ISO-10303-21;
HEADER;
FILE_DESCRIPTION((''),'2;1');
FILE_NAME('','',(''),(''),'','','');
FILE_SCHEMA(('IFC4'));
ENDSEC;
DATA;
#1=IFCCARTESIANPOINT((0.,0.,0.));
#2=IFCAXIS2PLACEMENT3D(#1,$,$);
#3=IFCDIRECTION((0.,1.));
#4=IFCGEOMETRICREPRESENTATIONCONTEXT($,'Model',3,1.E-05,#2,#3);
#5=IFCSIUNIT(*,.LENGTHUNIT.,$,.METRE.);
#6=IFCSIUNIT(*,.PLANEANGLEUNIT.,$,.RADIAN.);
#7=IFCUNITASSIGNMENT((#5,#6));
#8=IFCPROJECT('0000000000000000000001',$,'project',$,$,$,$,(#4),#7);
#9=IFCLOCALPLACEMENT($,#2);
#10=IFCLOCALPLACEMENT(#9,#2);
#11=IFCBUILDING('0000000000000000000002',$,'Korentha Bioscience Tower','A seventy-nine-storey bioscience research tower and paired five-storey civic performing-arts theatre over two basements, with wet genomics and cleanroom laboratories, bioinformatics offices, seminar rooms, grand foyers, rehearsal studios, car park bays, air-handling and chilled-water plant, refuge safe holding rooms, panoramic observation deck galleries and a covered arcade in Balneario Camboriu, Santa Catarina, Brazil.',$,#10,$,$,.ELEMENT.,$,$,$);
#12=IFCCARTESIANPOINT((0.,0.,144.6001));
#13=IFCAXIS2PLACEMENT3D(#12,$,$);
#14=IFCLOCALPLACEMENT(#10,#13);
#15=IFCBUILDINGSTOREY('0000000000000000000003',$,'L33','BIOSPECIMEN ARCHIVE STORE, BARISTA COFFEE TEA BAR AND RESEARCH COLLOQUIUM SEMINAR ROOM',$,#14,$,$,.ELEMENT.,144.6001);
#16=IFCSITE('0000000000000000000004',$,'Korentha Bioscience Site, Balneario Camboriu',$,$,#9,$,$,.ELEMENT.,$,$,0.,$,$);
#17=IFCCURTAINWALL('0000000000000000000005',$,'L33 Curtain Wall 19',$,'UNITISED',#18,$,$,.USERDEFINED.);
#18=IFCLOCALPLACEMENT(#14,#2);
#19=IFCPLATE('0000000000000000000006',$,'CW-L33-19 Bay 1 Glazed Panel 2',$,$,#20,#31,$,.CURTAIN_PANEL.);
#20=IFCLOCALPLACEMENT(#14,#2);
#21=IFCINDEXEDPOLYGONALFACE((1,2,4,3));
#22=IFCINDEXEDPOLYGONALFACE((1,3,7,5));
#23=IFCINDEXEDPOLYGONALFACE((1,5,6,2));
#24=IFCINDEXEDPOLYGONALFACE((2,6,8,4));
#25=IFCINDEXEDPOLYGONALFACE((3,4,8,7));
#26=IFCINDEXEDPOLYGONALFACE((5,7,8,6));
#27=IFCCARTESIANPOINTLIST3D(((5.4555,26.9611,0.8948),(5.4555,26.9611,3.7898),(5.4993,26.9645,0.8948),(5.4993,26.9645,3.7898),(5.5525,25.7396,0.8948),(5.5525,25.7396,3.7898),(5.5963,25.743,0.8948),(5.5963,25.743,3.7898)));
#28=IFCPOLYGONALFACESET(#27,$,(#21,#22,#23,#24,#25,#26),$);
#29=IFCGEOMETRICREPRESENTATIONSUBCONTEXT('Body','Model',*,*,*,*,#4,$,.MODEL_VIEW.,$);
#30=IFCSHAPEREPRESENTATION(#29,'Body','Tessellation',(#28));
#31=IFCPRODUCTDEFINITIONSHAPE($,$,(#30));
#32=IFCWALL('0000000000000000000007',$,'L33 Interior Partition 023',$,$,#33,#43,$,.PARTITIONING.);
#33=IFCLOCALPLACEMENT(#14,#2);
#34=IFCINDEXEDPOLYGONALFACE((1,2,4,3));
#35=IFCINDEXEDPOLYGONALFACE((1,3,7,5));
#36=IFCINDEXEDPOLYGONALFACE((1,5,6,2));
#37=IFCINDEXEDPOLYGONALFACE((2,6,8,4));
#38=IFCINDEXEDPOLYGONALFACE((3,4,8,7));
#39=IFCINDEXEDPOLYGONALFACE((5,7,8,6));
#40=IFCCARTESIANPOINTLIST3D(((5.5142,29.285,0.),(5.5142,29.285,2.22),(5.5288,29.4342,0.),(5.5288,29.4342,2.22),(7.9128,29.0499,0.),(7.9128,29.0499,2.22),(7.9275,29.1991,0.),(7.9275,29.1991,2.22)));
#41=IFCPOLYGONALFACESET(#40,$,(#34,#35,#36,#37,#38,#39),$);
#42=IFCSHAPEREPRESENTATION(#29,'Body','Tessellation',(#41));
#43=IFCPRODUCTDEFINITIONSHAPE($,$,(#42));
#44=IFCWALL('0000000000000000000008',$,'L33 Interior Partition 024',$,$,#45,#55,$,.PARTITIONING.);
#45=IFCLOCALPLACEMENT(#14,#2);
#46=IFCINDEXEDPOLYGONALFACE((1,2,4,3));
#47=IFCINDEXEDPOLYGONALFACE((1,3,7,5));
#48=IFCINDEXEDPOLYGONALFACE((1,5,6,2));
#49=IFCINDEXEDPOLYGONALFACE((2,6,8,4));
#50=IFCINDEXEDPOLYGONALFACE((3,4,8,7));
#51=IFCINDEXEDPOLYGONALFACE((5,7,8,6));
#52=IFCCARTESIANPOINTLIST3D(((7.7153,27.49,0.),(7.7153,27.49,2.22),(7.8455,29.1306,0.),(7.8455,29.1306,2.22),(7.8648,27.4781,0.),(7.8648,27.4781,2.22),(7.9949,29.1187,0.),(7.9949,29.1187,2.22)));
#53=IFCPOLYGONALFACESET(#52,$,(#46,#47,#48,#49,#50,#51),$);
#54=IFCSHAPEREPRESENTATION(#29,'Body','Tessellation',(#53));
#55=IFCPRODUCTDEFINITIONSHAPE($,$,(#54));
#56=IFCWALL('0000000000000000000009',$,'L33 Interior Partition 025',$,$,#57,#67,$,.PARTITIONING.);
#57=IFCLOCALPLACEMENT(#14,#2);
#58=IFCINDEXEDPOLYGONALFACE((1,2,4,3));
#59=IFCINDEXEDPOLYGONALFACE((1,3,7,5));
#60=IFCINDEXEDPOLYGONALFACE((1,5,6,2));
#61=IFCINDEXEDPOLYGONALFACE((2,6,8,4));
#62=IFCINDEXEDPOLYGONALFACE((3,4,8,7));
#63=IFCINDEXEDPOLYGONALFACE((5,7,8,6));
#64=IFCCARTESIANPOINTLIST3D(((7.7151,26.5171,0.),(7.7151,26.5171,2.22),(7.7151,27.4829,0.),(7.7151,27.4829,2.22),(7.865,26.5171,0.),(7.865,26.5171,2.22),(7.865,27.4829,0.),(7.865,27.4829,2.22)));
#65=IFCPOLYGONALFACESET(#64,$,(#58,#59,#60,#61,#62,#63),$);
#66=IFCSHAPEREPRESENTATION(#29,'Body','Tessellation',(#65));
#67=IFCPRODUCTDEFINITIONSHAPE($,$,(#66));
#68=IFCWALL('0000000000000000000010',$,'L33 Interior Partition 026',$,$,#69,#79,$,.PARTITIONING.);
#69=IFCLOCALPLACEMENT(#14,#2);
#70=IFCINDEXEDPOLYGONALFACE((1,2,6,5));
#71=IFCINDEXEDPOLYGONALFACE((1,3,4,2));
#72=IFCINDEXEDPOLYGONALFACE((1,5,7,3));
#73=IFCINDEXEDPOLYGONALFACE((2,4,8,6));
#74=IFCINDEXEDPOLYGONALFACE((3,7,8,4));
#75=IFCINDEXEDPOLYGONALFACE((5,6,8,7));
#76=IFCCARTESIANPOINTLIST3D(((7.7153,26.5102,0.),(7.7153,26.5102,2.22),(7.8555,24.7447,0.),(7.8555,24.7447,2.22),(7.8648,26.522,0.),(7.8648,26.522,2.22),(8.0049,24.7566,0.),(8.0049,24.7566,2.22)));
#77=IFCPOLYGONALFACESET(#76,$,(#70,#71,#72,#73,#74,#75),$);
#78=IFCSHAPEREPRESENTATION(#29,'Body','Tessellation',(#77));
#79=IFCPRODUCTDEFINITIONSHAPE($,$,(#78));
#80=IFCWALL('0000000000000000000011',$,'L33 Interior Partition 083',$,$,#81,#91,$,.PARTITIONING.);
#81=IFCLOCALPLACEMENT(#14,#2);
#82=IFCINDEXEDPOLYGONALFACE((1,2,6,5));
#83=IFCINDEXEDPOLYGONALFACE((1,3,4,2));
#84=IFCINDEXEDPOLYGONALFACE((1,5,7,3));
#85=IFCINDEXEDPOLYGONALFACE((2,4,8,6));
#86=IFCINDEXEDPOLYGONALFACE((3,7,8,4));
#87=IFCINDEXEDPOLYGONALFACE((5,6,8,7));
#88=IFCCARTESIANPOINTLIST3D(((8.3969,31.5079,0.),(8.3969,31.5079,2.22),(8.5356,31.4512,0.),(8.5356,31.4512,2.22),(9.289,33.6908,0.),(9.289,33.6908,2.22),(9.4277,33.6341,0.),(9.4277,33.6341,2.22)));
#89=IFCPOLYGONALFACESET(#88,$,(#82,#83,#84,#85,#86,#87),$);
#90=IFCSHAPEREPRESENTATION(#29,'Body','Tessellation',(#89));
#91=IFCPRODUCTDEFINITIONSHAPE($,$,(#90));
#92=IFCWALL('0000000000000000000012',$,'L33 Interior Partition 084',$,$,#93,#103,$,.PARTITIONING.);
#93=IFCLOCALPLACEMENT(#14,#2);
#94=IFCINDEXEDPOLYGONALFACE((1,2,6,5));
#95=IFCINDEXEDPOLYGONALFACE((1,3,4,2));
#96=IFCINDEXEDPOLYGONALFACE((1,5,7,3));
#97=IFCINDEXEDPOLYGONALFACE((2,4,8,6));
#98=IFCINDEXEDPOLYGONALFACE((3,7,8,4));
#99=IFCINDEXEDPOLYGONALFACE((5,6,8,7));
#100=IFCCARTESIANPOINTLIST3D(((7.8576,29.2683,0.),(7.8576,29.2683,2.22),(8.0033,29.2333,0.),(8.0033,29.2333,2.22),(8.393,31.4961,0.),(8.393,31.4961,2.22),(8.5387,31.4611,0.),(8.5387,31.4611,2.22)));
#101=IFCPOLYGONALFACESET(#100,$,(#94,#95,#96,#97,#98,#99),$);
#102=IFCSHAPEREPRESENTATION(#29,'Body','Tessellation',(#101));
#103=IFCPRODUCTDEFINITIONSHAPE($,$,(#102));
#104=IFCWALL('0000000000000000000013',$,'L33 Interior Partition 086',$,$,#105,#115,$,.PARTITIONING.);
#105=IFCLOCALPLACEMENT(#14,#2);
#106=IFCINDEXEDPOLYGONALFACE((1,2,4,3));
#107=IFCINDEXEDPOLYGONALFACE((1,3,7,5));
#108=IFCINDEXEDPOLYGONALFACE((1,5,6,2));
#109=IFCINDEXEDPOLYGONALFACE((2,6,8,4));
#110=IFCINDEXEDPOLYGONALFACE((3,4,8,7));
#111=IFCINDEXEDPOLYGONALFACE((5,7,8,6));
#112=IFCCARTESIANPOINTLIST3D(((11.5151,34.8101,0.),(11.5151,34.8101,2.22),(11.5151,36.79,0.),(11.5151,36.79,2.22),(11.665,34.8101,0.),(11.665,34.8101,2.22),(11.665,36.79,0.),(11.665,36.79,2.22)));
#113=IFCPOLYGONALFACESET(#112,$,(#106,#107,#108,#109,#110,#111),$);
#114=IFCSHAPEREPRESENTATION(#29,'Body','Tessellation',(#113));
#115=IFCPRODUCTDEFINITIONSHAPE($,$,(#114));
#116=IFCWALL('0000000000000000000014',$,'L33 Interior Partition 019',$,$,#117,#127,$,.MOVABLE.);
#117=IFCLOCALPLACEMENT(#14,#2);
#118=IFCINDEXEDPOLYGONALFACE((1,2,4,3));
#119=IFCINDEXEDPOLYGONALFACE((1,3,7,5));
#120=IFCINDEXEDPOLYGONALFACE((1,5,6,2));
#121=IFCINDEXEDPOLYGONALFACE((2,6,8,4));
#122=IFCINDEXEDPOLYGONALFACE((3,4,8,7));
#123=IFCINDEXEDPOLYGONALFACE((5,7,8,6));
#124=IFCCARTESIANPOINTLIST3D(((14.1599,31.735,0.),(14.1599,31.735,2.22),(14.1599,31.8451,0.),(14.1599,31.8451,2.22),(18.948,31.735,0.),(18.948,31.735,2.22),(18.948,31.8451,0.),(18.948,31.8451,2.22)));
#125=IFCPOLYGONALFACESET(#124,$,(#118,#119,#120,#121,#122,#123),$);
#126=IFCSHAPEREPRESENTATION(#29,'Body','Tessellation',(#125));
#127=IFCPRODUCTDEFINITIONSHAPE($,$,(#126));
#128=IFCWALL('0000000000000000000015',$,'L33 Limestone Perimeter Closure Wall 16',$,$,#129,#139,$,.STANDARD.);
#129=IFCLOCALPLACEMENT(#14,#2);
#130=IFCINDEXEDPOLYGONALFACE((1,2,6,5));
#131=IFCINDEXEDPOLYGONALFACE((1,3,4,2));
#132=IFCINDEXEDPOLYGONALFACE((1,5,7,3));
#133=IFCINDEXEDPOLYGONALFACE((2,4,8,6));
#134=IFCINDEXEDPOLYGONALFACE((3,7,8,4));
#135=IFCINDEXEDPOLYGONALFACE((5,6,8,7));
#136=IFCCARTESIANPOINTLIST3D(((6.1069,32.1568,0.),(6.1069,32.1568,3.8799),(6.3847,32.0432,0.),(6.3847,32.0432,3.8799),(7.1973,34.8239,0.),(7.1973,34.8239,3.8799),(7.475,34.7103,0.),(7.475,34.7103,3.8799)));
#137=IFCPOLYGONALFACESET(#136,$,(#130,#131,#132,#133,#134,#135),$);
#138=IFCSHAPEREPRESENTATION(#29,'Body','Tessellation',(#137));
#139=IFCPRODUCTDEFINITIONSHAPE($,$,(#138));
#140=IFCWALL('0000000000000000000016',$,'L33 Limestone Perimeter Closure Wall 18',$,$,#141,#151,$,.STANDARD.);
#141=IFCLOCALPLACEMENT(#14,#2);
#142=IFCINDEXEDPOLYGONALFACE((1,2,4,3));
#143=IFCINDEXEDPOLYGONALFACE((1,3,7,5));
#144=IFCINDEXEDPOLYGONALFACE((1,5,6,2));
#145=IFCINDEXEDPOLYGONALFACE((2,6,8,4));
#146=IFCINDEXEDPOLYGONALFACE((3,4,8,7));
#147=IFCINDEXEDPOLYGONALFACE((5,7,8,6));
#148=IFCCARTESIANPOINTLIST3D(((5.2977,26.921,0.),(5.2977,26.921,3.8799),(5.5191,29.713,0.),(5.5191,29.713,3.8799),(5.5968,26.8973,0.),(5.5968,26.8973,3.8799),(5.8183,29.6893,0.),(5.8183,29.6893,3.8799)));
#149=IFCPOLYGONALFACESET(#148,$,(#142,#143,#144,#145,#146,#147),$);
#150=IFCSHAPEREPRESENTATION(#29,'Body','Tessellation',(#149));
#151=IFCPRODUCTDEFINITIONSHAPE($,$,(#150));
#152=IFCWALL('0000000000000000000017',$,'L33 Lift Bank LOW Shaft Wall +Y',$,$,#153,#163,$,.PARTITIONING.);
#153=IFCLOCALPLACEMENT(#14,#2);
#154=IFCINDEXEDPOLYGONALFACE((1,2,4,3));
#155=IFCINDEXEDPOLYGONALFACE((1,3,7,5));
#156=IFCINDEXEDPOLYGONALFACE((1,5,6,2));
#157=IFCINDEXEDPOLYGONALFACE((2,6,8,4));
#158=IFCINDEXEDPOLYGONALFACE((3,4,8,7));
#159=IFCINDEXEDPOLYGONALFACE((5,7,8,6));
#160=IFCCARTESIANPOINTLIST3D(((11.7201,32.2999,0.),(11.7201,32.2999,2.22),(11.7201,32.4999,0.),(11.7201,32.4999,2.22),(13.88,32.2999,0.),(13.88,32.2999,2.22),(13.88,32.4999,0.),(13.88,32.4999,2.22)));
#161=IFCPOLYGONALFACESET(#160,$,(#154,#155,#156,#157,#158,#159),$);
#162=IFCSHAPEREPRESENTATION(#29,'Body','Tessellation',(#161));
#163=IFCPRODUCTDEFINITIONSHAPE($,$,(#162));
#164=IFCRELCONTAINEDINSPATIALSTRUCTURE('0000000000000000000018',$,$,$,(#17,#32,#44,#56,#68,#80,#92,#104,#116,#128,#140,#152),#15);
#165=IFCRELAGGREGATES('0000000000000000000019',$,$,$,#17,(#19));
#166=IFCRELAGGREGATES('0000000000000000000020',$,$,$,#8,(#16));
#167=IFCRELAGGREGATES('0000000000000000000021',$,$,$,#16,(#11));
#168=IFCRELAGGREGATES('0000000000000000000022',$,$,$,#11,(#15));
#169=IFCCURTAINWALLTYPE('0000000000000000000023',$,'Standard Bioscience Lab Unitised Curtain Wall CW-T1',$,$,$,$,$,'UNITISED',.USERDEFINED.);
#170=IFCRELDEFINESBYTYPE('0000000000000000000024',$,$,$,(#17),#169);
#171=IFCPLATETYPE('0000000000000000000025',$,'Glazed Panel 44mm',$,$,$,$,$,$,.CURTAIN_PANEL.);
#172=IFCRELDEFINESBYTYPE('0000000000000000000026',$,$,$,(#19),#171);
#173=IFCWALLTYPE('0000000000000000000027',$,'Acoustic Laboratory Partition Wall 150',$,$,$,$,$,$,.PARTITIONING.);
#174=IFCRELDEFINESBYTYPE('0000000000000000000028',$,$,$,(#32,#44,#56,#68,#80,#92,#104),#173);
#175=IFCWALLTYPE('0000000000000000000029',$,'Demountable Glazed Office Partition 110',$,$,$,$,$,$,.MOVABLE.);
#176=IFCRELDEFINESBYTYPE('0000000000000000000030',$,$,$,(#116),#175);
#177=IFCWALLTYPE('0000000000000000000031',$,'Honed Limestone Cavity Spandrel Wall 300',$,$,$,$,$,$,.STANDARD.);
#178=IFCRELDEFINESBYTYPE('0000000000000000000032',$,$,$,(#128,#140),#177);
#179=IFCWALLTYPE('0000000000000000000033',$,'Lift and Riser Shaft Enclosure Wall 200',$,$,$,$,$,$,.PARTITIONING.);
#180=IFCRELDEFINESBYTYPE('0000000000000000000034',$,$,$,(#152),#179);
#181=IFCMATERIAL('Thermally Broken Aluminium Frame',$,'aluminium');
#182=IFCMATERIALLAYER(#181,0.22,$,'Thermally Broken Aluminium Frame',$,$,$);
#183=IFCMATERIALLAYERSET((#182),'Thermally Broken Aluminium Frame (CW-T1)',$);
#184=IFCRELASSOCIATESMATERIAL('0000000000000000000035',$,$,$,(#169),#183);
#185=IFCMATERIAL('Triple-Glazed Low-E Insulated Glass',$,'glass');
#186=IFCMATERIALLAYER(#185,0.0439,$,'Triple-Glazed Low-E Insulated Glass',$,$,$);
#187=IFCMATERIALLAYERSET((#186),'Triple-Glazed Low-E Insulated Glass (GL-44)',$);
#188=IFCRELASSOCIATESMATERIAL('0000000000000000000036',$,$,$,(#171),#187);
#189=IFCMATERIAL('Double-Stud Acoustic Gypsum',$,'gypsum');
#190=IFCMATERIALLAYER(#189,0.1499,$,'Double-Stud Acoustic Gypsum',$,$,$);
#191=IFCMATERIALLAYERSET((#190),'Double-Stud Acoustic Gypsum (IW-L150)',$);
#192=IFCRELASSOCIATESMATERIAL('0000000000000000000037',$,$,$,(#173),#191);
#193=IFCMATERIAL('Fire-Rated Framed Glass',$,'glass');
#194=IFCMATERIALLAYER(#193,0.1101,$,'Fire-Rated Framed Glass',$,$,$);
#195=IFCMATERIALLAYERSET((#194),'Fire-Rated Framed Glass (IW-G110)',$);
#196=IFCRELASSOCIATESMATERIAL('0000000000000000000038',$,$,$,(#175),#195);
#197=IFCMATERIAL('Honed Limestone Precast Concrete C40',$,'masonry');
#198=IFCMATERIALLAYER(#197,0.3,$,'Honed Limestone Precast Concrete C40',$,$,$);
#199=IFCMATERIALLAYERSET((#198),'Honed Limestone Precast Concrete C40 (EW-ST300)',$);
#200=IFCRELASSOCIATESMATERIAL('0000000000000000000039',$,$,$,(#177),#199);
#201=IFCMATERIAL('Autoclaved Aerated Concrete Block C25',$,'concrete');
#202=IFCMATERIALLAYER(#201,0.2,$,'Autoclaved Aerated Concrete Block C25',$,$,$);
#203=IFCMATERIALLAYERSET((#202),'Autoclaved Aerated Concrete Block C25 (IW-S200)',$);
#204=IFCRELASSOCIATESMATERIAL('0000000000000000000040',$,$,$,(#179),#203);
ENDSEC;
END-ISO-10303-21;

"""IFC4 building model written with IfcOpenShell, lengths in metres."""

from ifc_helpers import new_model, si_unit, direction, frame, frame_2d, origin, origin_2d, place, context, subcontext, project, spatial, rectangle, extrude, material, layer, layer_set, type_object, element, aggregate, save


model = new_model("IFC4")

# Units and contexts
model_context = context("Model", 3, precision=1e-05, world=origin(), true_north=direction((0.0, 1.0)))
body_context = subcontext(model_context, "Body", "Model", "MODEL_VIEW")
ifc_project = project(units=[si_unit("LENGTHUNIT", "METRE"), si_unit("PLANEANGLEUNIT", "RADIAN")], contexts=[model_context])

# Site, building, storey
site_placement = place(None, origin())
site = spatial("IfcSite", under=ifc_project, at=site_placement, Name="Korentha Bioscience Site, Balneario Camboriu", CompositionType="ELEMENT", RefElevation=0.0)
building_placement = place(site_placement, origin())
building = spatial("IfcBuilding", under=site, at=building_placement, Name="Korentha Bioscience Tower", Description="A seventy-nine-storey bioscience research tower and paired five-storey civic performing-arts theatre over two basements, with wet genomics and cleanroom laboratories, bioinformatics offices, seminar rooms, grand foyers, rehearsal studios, car park bays, air-handling and chilled-water plant, refuge safe holding rooms, panoramic observation deck galleries and a covered arcade in Balneario Camboriu, Santa Catarina, Brazil.", CompositionType="ELEMENT")
storey_placement = place(building_placement, frame((0.0, 0.0, 144.6001)))
storey = spatial("IfcBuildingStorey", under=building, at=storey_placement, Name="L33", Description="BIOSPECIMEN ARCHIVE STORE, BARISTA COFFEE TEA BAR AND RESEARCH COLLOQUIUM SEMINAR ROOM", CompositionType="ELEMENT", Elevation=144.6001)

# Curtain wall, plate
ifc_material_1 = material(Name="Thermally Broken Aluminium Frame", Category="aluminium")
ifc_layer_1 = layer(ifc_material_1, 0.22, Name="Thermally Broken Aluminium Frame")
ifc_layer_set_1 = layer_set([ifc_layer_1], Name="Thermally Broken Aluminium Frame (CW-T1)")
curtain_wall_type = type_object("IfcCurtainWallType", Name="Standard Bioscience Lab Unitised Curtain Wall CW-T1", ElementType="UNITISED", PredefinedType="USERDEFINED", material=ifc_layer_set_1)
curtain_wall_placement = place(storey_placement, origin())
curtain_wall = element("IfcCurtainWall", 1, at=curtain_wall_placement, inside=storey, type_object=curtain_wall_type, Name="L33 Curtain Wall 19", ObjectType="UNITISED", PredefinedType="USERDEFINED")
ifc_material_2 = material(Name="Triple-Glazed Low-E Insulated Glass", Category="glass")
ifc_layer_2 = layer(ifc_material_2, 0.0439, Name="Triple-Glazed Low-E Insulated Glass")
ifc_layer_set_2 = layer_set([ifc_layer_2], Name="Triple-Glazed Low-E Insulated Glass (GL-44)")
plate_type = type_object("IfcPlateType", Name="Glazed Panel 44mm", PredefinedType="CURTAIN_PANEL", material=ifc_layer_set_2)
plate_1_placement = place(storey_placement, frame((5.5259, 26.3521, 0.8948), z_axis=(0.0, 0.0, 1.0), x_axis=(0.07913, -0.996864, 0.0)))
plate_1 = element("IfcPlate", 2, at=plate_1_placement, type_object=plate_type, Name="CW-L33-19 Bay 1 Glazed Panel 2", PredefinedType="CURTAIN_PANEL", context=body_context, shape_type="SweptSolid", body=[
    extrude(rectangle(XDim=1.2253, YDim=0.0439, at=origin_2d()), origin(), (0.0, 0.0, 1.0), 2.895),
])
aggregate(curtain_wall, [plate_1])

# Walls
ifc_material_3 = material(Name="Double-Stud Acoustic Gypsum", Category="gypsum")
ifc_layer_3 = layer(ifc_material_3, 0.1499, Name="Double-Stud Acoustic Gypsum")
ifc_layer_set_3 = layer_set([ifc_layer_3], Name="Double-Stud Acoustic Gypsum (IW-L150)")
wall_type_1 = type_object("IfcWallType", Name="Acoustic Laboratory Partition Wall 150", PredefinedType="PARTITIONING", material=ifc_layer_set_3)
wall_1_placement = place(storey_placement, frame((5.5215, 29.3596, 0.0), z_axis=(0.0, 0.0, 1.0), x_axis=(0.995231, -0.097548, 0.0)))
element("IfcWall", 3, at=wall_1_placement, inside=storey, type_object=wall_type_1, Name="L33 Interior Partition 023", PredefinedType="PARTITIONING", context=body_context, shape_type="SweptSolid", body=[
    extrude(rectangle(XDim=2.4102, YDim=0.1499, at=frame_2d((1.2051, 0.0))), origin(), (0.0, 0.0, 1.0), 2.22),
])
wall_2_placement = place(storey_placement, frame((7.9202, 29.1245, 0.0), z_axis=(0.0, 0.0, 1.0), x_axis=(-0.079067, -0.996869, 0.0)))
element("IfcWall", 4, at=wall_2_placement, inside=storey, type_object=wall_type_1, Name="L33 Interior Partition 024", PredefinedType="PARTITIONING", context=body_context, shape_type="SweptSolid", body=[
    extrude(rectangle(XDim=1.6458, YDim=0.1499, at=frame_2d((0.8228, 0.0))), origin(), (0.0, 0.0, 1.0), 2.22),
])
wall_3_placement = place(storey_placement, frame((7.79, 27.4829, 0.0), z_axis=(0.0, 0.0, 1.0), x_axis=(0.0, -1.0, 0.0)))
element("IfcWall", 5, at=wall_3_placement, inside=storey, type_object=wall_type_1, Name="L33 Interior Partition 025", PredefinedType="PARTITIONING", context=body_context, shape_type="SweptSolid", body=[
    extrude(rectangle(XDim=0.9658, YDim=0.1499, at=frame_2d((0.4829, 0.0))), origin(), (0.0, 0.0, 1.0), 2.22),
])
wall_4_placement = place(storey_placement, frame((7.79, 26.5161, 0.0), z_axis=(0.0, 0.0, 1.0), x_axis=(0.079132, -0.996864, 0.0)))
element("IfcWall", 6, at=wall_4_placement, inside=storey, type_object=wall_type_1, Name="L33 Interior Partition 026", PredefinedType="PARTITIONING", context=body_context, shape_type="SweptSolid", body=[
    extrude(rectangle(XDim=1.771, YDim=0.1499, at=frame_2d((0.8855, 0.0))), origin(), (0.0, 0.0, 1.0), 2.22),
])
wall_5_placement = place(storey_placement, frame((9.3584, 33.6626, 0.0), z_axis=(0.0, 0.0, 1.0), x_axis=(-0.378306, -0.92568, 0.0)))
element("IfcWall", 7, at=wall_5_placement, inside=storey, type_object=wall_type_1, Name="L33 Interior Partition 083", PredefinedType="PARTITIONING", context=body_context, shape_type="SweptSolid", body=[
    extrude(rectangle(XDim=2.3582, YDim=0.1499, at=frame_2d((1.1792, 0.0))), origin(), (0.0, 0.0, 1.0), 2.22),
])
wall_6_placement = place(storey_placement, frame((8.4658, 31.4785, 0.0), z_axis=(0.0, 0.0, 1.0), x_axis=(-0.233675, -0.972315, 0.0)))
element("IfcWall", 8, at=wall_6_placement, inside=storey, type_object=wall_type_1, Name="L33 Interior Partition 084", PredefinedType="PARTITIONING", context=body_context, shape_type="SweptSolid", body=[
    extrude(rectangle(XDim=2.2913, YDim=0.1499, at=frame_2d((1.1455, 0.0))), origin(), (0.0, 0.0, 1.0), 2.22),
])
wall_7_placement = place(storey_placement, frame((11.5901, 34.8101, 0.0), z_axis=(0.0, 0.0, 1.0), x_axis=(0.0, 1.0, 0.0)))
element("IfcWall", 9, at=wall_7_placement, inside=storey, type_object=wall_type_1, Name="L33 Interior Partition 086", PredefinedType="PARTITIONING", context=body_context, shape_type="SweptSolid", body=[
    extrude(rectangle(XDim=1.98, YDim=0.1499, at=frame_2d((0.99, 0.0))), origin(), (0.0, 0.0, 1.0), 2.22),
])
ifc_material_4 = material(Name="Fire-Rated Framed Glass", Category="glass")
ifc_layer_4 = layer(ifc_material_4, 0.1101, Name="Fire-Rated Framed Glass")
ifc_layer_set_4 = layer_set([ifc_layer_4], Name="Fire-Rated Framed Glass (IW-G110)")
wall_type_2 = type_object("IfcWallType", Name="Demountable Glazed Office Partition 110", PredefinedType="MOVABLE", material=ifc_layer_set_4)
wall_8_placement = place(storey_placement, frame((14.1599, 31.79, 0.0), z_axis=(0.0, 0.0, 1.0), x_axis=(1.0, 0.0, 0.0)))
element("IfcWall", 10, at=wall_8_placement, inside=storey, type_object=wall_type_2, Name="L33 Interior Partition 019", PredefinedType="MOVABLE", context=body_context, shape_type="SweptSolid", body=[
    extrude(rectangle(XDim=4.7881, YDim=0.1101, at=frame_2d((2.394, 0.0))), origin(), (0.0, 0.0, 1.0), 2.22),
])

# Shared definitions
ifc_material_5 = material(Name="Honed Limestone Precast Concrete C40", Category="masonry")
ifc_layer_5 = layer(ifc_material_5, 0.3, Name="Honed Limestone Precast Concrete C40")
ifc_layer_set_5 = layer_set([ifc_layer_5], Name="Honed Limestone Precast Concrete C40 (EW-ST300)")
wall_type_3 = type_object("IfcWallType", Name="Honed Limestone Cavity Spandrel Wall 300", PredefinedType="STANDARD", material=ifc_layer_set_5)

# Walls
wall_9_placement = place(storey_placement, frame((7.3362, 34.7671, 0.0), z_axis=(0.0, 0.0, 1.0), x_axis=(-0.378422, -0.925633, 0.0)))
element("IfcWall", 11, at=wall_9_placement, inside=storey, type_object=wall_type_3, Name="L33 Limestone Perimeter Closure Wall 16", PredefinedType="STANDARD", context=body_context, shape_type="SweptSolid", body=[
    extrude(rectangle(XDim=2.8813, YDim=0.3, at=frame_2d((1.4407, 0.0))), origin(), (0.0, 0.0, 1.0), 3.8799),
])
wall_10_placement = place(storey_placement, frame((5.6687, 29.7012, 0.0), z_axis=(0.0, 0.0, 1.0), x_axis=(-0.079063, -0.99687, 0.0)))
element("IfcWall", 12, at=wall_10_placement, inside=storey, type_object=wall_type_3, Name="L33 Limestone Perimeter Closure Wall 18", PredefinedType="STANDARD", context=body_context, shape_type="SweptSolid", body=[
    extrude(rectangle(XDim=2.8008, YDim=0.3, at=frame_2d((1.4004, 0.0))), origin(), (0.0, 0.0, 1.0), 3.8799),
])
ifc_material_6 = material(Name="Autoclaved Aerated Concrete Block C25", Category="concrete")
ifc_layer_6 = layer(ifc_material_6, 0.2, Name="Autoclaved Aerated Concrete Block C25")
ifc_layer_set_6 = layer_set([ifc_layer_6], Name="Autoclaved Aerated Concrete Block C25 (IW-S200)")
wall_type_4 = type_object("IfcWallType", Name="Lift and Riser Shaft Enclosure Wall 200", PredefinedType="PARTITIONING", material=ifc_layer_set_6)
wall_11_placement = place(storey_placement, frame((11.72, 32.3999, 0.0), z_axis=(0.0, 0.0, 1.0), x_axis=(1.0, 0.0, 0.0)))
element("IfcWall", 13, at=wall_11_placement, inside=storey, type_object=wall_type_4, Name="L33 Lift Bank LOW Shaft Wall +Y", PredefinedType="PARTITIONING", context=body_context, shape_type="SweptSolid", body=[
    extrude(rectangle(XDim=2.1599, YDim=0.2, at=frame_2d((1.0801, 0.0))), origin(), (0.0, 0.0, 1.0), 2.22),
])

save(model, "model.ifc")
